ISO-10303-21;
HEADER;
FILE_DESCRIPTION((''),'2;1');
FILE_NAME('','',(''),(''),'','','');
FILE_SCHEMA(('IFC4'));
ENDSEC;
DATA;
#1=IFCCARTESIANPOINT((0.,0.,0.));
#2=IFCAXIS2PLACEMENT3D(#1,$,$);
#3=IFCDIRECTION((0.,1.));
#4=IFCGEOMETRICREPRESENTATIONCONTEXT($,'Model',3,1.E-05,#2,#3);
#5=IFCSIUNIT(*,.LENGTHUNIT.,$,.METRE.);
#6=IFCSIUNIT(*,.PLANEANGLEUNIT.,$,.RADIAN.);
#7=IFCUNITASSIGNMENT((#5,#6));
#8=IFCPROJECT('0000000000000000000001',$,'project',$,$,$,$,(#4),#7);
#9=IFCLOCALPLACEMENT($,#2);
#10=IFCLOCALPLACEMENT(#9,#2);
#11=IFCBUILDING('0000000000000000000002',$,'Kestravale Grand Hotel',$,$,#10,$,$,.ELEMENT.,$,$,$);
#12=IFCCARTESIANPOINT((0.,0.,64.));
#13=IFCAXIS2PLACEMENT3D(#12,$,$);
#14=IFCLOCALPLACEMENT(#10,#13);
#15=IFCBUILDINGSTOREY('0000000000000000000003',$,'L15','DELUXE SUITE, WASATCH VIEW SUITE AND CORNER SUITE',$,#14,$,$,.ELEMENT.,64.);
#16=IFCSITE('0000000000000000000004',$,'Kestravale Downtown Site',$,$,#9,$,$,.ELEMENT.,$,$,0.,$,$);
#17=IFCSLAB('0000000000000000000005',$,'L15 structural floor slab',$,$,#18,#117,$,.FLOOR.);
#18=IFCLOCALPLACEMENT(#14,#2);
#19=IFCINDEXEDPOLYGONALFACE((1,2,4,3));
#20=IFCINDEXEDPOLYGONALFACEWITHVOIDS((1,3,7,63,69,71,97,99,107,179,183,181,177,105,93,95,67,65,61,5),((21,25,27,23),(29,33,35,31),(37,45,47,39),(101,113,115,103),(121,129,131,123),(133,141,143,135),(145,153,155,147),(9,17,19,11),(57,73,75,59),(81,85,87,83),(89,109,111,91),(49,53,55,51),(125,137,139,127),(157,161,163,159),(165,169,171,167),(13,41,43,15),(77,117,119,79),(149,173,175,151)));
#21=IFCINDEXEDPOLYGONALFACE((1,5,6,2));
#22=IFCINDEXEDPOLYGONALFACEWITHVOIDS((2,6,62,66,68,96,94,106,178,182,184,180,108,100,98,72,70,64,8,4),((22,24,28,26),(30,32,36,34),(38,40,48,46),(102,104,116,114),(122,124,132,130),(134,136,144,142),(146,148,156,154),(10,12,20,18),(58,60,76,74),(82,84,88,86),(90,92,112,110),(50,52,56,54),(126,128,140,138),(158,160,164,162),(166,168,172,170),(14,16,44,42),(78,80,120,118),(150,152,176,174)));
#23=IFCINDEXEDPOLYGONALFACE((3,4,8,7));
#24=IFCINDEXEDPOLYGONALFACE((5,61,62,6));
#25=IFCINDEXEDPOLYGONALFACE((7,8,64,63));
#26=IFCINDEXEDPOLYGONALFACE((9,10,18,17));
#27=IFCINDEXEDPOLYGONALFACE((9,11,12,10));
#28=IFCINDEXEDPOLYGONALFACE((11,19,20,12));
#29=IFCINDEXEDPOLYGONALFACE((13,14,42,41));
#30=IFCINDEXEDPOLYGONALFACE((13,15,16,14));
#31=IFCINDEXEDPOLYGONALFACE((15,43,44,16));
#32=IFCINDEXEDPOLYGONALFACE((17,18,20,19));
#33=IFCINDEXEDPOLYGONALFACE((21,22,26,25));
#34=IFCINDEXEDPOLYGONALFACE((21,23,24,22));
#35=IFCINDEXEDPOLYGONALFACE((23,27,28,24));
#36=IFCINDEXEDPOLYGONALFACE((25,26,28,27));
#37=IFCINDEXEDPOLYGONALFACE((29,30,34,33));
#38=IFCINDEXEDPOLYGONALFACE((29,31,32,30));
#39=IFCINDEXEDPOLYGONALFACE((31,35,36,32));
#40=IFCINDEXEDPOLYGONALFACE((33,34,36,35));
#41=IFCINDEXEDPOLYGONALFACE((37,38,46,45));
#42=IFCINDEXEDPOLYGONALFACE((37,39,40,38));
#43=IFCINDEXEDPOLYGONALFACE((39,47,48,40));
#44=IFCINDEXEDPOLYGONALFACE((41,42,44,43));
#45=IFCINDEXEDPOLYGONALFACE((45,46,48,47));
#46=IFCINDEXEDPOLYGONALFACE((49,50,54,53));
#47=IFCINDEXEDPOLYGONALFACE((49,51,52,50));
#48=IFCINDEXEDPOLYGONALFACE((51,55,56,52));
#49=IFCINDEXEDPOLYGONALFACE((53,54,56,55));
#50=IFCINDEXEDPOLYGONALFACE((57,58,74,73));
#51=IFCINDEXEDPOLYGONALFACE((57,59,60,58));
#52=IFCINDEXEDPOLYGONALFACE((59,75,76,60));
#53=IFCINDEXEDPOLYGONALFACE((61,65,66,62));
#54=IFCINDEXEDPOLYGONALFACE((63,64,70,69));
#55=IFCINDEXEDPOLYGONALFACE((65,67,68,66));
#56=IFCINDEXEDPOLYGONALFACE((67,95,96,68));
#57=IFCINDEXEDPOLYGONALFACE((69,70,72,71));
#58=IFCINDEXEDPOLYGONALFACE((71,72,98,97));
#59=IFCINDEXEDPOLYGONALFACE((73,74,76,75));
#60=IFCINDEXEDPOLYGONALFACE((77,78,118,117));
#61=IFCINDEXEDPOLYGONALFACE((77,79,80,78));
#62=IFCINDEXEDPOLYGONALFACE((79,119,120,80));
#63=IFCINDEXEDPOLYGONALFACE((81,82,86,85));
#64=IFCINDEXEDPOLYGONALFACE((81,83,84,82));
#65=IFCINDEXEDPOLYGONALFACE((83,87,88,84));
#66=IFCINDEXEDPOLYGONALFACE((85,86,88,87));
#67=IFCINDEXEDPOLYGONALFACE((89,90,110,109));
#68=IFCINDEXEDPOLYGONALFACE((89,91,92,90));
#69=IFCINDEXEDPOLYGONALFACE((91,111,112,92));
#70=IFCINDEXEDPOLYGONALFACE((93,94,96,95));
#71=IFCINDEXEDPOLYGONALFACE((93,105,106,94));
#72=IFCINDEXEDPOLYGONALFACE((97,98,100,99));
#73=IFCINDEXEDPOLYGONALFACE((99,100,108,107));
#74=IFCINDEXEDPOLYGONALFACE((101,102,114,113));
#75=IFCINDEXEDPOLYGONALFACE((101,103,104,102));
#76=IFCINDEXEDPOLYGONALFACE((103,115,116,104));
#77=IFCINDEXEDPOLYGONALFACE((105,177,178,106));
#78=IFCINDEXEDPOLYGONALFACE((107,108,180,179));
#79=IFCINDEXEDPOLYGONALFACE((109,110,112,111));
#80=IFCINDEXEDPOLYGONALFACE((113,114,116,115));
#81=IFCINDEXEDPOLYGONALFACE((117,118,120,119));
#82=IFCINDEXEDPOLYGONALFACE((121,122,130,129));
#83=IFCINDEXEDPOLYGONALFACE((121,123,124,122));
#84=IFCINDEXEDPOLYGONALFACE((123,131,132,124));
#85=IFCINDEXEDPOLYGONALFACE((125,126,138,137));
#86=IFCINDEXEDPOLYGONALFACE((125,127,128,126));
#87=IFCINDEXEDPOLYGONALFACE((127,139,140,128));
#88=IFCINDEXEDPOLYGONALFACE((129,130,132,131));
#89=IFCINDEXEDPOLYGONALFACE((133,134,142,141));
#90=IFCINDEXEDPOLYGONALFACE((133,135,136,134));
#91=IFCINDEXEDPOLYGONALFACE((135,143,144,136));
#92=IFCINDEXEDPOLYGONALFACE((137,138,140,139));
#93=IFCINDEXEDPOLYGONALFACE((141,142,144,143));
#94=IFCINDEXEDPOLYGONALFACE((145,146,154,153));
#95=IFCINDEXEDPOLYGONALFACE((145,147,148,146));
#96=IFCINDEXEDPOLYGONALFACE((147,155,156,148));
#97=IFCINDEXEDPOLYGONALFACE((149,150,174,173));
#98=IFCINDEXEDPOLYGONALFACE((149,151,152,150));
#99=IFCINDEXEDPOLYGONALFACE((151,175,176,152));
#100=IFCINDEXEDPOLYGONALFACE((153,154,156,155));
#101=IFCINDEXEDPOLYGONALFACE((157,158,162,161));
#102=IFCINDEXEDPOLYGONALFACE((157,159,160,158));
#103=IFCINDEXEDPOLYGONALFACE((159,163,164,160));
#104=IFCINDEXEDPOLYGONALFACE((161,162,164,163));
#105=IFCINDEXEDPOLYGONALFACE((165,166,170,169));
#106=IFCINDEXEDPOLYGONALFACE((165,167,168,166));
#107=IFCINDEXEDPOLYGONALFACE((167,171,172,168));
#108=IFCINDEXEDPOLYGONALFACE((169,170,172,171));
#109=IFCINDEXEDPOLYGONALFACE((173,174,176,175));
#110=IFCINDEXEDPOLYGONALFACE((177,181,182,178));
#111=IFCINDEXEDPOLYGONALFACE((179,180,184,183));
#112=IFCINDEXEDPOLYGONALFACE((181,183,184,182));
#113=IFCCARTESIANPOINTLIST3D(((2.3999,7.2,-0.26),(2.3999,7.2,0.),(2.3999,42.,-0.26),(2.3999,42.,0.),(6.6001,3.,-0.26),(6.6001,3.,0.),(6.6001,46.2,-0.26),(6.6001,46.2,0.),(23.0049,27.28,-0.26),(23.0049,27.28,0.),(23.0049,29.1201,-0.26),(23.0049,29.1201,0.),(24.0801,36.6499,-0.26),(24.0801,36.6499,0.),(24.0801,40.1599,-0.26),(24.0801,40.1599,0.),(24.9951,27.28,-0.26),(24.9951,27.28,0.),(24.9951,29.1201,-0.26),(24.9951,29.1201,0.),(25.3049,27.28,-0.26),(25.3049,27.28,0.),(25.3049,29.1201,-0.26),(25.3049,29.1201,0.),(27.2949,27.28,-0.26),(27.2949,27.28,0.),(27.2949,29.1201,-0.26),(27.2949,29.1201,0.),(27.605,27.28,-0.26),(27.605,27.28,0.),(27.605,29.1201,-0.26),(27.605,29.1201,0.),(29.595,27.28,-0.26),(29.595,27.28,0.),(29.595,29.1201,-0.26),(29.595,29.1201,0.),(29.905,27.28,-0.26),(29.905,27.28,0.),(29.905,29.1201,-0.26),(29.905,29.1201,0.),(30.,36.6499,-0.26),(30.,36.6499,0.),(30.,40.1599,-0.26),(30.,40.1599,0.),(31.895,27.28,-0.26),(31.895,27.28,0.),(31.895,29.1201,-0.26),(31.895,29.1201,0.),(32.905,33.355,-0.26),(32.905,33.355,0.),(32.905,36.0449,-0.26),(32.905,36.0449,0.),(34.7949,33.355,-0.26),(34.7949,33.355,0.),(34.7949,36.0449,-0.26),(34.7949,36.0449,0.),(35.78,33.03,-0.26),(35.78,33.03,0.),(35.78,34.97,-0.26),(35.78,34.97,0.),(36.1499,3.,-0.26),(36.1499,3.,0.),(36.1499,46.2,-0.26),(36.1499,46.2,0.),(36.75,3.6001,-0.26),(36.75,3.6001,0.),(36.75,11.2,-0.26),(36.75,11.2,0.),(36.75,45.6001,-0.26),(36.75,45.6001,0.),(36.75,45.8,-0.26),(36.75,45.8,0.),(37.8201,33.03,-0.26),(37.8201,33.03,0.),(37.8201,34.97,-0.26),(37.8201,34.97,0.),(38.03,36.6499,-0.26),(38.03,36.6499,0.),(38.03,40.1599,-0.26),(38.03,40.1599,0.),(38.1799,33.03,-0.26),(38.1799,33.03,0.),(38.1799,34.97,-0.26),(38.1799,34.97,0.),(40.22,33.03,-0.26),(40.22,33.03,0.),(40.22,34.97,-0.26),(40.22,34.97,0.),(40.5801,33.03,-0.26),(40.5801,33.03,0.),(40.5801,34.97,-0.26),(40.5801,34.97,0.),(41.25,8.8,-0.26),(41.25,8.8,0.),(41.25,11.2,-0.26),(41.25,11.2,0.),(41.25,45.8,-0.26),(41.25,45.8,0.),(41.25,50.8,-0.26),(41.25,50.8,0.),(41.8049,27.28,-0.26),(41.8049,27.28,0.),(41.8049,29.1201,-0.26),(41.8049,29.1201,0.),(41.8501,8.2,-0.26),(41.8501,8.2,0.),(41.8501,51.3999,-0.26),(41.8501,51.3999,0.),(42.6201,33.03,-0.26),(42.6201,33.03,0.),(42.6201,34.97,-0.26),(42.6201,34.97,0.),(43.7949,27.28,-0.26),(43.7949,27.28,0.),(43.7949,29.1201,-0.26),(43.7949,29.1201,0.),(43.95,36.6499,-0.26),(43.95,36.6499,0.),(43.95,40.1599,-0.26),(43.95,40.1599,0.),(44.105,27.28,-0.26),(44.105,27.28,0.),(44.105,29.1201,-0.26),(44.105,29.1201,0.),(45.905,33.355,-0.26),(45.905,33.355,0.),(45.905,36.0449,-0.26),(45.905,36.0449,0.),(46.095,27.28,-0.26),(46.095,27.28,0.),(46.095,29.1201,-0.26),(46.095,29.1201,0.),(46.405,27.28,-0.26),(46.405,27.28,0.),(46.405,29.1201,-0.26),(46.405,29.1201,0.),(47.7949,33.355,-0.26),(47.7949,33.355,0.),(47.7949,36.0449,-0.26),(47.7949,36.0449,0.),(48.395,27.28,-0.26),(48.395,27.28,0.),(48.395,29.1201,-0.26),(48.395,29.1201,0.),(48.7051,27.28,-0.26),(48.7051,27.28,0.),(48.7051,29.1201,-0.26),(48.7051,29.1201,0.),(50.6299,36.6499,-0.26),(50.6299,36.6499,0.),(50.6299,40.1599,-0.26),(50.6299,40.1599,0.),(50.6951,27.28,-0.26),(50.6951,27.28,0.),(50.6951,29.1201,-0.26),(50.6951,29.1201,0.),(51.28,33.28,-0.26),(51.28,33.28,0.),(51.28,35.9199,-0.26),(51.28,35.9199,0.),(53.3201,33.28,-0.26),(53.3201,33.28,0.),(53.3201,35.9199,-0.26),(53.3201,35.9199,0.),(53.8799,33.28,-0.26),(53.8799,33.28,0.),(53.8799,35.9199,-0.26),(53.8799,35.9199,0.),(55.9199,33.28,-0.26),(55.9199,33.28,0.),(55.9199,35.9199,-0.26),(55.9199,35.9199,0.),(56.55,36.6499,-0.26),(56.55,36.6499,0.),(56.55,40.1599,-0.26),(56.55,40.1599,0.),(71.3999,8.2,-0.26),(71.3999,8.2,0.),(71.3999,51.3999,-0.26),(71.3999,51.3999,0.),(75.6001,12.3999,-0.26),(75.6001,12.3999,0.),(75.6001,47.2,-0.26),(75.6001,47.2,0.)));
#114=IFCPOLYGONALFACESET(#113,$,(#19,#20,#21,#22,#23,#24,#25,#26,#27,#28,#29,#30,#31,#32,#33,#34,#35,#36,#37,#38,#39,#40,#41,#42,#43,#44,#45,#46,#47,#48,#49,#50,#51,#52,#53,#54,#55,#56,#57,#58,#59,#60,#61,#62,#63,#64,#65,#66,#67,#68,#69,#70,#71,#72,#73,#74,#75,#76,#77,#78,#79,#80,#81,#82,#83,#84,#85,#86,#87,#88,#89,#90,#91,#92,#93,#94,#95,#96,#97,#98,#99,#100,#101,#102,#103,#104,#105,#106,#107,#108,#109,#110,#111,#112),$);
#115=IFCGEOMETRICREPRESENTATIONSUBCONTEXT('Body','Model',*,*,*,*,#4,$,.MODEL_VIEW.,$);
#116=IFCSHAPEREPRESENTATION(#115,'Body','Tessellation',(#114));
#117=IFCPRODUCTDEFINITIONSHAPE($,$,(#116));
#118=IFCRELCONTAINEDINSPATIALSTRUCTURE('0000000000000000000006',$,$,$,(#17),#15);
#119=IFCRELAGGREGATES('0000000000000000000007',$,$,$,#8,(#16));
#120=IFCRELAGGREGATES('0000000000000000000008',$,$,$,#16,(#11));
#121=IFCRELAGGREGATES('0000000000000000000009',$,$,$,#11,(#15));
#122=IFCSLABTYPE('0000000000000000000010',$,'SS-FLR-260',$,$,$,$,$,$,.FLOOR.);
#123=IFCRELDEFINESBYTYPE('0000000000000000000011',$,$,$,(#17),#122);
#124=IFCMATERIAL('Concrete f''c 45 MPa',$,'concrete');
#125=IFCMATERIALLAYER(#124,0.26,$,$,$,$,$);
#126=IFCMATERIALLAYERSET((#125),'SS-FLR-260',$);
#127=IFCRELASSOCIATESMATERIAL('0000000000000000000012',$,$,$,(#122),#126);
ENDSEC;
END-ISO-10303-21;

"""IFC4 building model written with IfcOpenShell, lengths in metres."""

from ifc_helpers import new_model, si_unit, direction, frame, origin, place, context, subcontext, project, spatial, polyline, outline, extrude, material, layer, layer_set, type_object, element, save


model = new_model("IFC4")

# Units and contexts
model_context = context("Model", 3, precision=1e-05, world=origin(), true_north=direction((0.0, 1.0)))
body_context = subcontext(model_context, "Body", "Model", "MODEL_VIEW")
ifc_project = project(units=[si_unit("LENGTHUNIT", "METRE"), si_unit("PLANEANGLEUNIT", "RADIAN")], contexts=[model_context])

# Site, building, storey
site_placement = place(None, origin())
site = spatial("IfcSite", under=ifc_project, at=site_placement, Name="Kestravale Downtown Site", CompositionType="ELEMENT", RefElevation=0.0)
building_placement = place(site_placement, origin())
building = spatial("IfcBuilding", under=site, at=building_placement, Name="Kestravale Grand Hotel", CompositionType="ELEMENT")
storey_placement = place(building_placement, frame((0.0, 0.0, 64.0)))
storey = spatial("IfcBuildingStorey", under=building, at=storey_placement, Name="L15", Description="DELUXE SUITE, WASATCH VIEW SUITE AND CORNER SUITE", CompositionType="ELEMENT", Elevation=64.0)

# Slab
ifc_material_1 = material(Name="Concrete f'c 45 MPa", Category="concrete")
ifc_layer_1 = layer(ifc_material_1, 0.26)
ifc_layer_set_1 = layer_set([ifc_layer_1], Name="SS-FLR-260")
slab_type_1 = type_object("IfcSlabType", Name="SS-FLR-260", PredefinedType="FLOOR", material=ifc_layer_set_1)
slab_1_placement = place(storey_placement, frame((0.0, 0.0, -0.26)))
element("IfcSlab", 1, at=slab_1_placement, inside=storey, type_object=slab_type_1, Name="L15 structural floor slab", PredefinedType="FLOOR", context=body_context, shape_type="SweptSolid", body=[
    extrude(outline(polyline([(6.6001, 3.0), (36.1499, 3.0), (36.75, 3.6001), (36.75, 11.2), (41.25, 11.2), (41.25, 8.8), (41.8501, 8.2), (71.3999, 8.2), (75.6001, 12.3999), (75.6001, 47.2), (71.3999, 51.3999), (41.8501, 51.3999), (41.25, 50.8), (41.25, 45.8), (36.75, 45.8), (36.75, 45.6001), (36.1499, 46.2), (6.6001, 46.2), (2.3999, 42.0), (2.3999, 7.2), (6.6001, 3.0)]), holes=[polyline([(24.0801, 36.6499), (30.0, 36.6499), (30.0, 40.1599), (24.0801, 40.1599), (24.0801, 36.6499)]), polyline([(38.03, 36.6499), (43.95, 36.6499), (43.95, 40.1599), (38.03, 40.1599), (38.03, 36.6499)]), polyline([(50.6299, 36.6499), (56.55, 36.6499), (56.55, 40.1599), (50.6299, 40.1599), (50.6299, 36.6499)]), polyline([(23.0049, 27.28), (24.9951, 27.28), (24.9951, 29.1201), (23.0049, 29.1201), (23.0049, 27.28)]), polyline([(25.3049, 27.28), (27.2949, 27.28), (27.2949, 29.1201), (25.3049, 29.1201), (25.3049, 27.28)]), polyline([(27.605, 27.28), (29.595, 27.28), (29.595, 29.1201), (27.605, 29.1201), (27.605, 27.28)]), polyline([(29.905, 27.28), (31.895, 27.28), (31.895, 29.1201), (29.905, 29.1201), (29.905, 27.28)]), polyline([(41.8049, 27.28), (43.7949, 27.28), (43.7949, 29.1201), (41.8049, 29.1201), (41.8049, 27.28)]), polyline([(44.105, 27.28), (46.095, 27.28), (46.095, 29.1201), (44.105, 29.1201), (44.105, 27.28)]), polyline([(46.405, 27.28), (48.395, 27.28), (48.395, 29.1201), (46.405, 29.1201), (46.405, 27.28)]), polyline([(48.7051, 27.28), (50.6951, 27.28), (50.6951, 29.1201), (48.7051, 29.1201), (48.7051, 27.28)]), polyline([(35.78, 33.03), (37.8201, 33.03), (37.8201, 34.97), (35.78, 34.97), (35.78, 33.03)]), polyline([(38.1799, 33.03), (40.22, 33.03), (40.22, 34.97), (38.1799, 34.97), (38.1799, 33.03)]), polyline([(40.5801, 33.03), (42.6201, 33.03), (42.6201, 34.97), (40.5801, 34.97), (40.5801, 33.03)]), polyline([(32.905, 33.355), (34.7949, 33.355), (34.7949, 36.0449), (32.905, 36.0449), (32.905, 33.355)]), polyline([(45.905, 33.355), (47.7949, 33.355), (47.7949, 36.0449), (45.905, 36.0449), (45.905, 33.355)]), polyline([(51.28, 33.28), (53.3201, 33.28), (53.3201, 35.9199), (51.28, 35.9199), (51.28, 33.28)]), polyline([(53.8799, 33.28), (55.9199, 33.28), (55.9199, 35.9199), (53.8799, 35.9199), (53.8799, 33.28)])]), origin(), (0.0, 0.0, 1.0), 0.26),
])

save(model, "model.ifc")
